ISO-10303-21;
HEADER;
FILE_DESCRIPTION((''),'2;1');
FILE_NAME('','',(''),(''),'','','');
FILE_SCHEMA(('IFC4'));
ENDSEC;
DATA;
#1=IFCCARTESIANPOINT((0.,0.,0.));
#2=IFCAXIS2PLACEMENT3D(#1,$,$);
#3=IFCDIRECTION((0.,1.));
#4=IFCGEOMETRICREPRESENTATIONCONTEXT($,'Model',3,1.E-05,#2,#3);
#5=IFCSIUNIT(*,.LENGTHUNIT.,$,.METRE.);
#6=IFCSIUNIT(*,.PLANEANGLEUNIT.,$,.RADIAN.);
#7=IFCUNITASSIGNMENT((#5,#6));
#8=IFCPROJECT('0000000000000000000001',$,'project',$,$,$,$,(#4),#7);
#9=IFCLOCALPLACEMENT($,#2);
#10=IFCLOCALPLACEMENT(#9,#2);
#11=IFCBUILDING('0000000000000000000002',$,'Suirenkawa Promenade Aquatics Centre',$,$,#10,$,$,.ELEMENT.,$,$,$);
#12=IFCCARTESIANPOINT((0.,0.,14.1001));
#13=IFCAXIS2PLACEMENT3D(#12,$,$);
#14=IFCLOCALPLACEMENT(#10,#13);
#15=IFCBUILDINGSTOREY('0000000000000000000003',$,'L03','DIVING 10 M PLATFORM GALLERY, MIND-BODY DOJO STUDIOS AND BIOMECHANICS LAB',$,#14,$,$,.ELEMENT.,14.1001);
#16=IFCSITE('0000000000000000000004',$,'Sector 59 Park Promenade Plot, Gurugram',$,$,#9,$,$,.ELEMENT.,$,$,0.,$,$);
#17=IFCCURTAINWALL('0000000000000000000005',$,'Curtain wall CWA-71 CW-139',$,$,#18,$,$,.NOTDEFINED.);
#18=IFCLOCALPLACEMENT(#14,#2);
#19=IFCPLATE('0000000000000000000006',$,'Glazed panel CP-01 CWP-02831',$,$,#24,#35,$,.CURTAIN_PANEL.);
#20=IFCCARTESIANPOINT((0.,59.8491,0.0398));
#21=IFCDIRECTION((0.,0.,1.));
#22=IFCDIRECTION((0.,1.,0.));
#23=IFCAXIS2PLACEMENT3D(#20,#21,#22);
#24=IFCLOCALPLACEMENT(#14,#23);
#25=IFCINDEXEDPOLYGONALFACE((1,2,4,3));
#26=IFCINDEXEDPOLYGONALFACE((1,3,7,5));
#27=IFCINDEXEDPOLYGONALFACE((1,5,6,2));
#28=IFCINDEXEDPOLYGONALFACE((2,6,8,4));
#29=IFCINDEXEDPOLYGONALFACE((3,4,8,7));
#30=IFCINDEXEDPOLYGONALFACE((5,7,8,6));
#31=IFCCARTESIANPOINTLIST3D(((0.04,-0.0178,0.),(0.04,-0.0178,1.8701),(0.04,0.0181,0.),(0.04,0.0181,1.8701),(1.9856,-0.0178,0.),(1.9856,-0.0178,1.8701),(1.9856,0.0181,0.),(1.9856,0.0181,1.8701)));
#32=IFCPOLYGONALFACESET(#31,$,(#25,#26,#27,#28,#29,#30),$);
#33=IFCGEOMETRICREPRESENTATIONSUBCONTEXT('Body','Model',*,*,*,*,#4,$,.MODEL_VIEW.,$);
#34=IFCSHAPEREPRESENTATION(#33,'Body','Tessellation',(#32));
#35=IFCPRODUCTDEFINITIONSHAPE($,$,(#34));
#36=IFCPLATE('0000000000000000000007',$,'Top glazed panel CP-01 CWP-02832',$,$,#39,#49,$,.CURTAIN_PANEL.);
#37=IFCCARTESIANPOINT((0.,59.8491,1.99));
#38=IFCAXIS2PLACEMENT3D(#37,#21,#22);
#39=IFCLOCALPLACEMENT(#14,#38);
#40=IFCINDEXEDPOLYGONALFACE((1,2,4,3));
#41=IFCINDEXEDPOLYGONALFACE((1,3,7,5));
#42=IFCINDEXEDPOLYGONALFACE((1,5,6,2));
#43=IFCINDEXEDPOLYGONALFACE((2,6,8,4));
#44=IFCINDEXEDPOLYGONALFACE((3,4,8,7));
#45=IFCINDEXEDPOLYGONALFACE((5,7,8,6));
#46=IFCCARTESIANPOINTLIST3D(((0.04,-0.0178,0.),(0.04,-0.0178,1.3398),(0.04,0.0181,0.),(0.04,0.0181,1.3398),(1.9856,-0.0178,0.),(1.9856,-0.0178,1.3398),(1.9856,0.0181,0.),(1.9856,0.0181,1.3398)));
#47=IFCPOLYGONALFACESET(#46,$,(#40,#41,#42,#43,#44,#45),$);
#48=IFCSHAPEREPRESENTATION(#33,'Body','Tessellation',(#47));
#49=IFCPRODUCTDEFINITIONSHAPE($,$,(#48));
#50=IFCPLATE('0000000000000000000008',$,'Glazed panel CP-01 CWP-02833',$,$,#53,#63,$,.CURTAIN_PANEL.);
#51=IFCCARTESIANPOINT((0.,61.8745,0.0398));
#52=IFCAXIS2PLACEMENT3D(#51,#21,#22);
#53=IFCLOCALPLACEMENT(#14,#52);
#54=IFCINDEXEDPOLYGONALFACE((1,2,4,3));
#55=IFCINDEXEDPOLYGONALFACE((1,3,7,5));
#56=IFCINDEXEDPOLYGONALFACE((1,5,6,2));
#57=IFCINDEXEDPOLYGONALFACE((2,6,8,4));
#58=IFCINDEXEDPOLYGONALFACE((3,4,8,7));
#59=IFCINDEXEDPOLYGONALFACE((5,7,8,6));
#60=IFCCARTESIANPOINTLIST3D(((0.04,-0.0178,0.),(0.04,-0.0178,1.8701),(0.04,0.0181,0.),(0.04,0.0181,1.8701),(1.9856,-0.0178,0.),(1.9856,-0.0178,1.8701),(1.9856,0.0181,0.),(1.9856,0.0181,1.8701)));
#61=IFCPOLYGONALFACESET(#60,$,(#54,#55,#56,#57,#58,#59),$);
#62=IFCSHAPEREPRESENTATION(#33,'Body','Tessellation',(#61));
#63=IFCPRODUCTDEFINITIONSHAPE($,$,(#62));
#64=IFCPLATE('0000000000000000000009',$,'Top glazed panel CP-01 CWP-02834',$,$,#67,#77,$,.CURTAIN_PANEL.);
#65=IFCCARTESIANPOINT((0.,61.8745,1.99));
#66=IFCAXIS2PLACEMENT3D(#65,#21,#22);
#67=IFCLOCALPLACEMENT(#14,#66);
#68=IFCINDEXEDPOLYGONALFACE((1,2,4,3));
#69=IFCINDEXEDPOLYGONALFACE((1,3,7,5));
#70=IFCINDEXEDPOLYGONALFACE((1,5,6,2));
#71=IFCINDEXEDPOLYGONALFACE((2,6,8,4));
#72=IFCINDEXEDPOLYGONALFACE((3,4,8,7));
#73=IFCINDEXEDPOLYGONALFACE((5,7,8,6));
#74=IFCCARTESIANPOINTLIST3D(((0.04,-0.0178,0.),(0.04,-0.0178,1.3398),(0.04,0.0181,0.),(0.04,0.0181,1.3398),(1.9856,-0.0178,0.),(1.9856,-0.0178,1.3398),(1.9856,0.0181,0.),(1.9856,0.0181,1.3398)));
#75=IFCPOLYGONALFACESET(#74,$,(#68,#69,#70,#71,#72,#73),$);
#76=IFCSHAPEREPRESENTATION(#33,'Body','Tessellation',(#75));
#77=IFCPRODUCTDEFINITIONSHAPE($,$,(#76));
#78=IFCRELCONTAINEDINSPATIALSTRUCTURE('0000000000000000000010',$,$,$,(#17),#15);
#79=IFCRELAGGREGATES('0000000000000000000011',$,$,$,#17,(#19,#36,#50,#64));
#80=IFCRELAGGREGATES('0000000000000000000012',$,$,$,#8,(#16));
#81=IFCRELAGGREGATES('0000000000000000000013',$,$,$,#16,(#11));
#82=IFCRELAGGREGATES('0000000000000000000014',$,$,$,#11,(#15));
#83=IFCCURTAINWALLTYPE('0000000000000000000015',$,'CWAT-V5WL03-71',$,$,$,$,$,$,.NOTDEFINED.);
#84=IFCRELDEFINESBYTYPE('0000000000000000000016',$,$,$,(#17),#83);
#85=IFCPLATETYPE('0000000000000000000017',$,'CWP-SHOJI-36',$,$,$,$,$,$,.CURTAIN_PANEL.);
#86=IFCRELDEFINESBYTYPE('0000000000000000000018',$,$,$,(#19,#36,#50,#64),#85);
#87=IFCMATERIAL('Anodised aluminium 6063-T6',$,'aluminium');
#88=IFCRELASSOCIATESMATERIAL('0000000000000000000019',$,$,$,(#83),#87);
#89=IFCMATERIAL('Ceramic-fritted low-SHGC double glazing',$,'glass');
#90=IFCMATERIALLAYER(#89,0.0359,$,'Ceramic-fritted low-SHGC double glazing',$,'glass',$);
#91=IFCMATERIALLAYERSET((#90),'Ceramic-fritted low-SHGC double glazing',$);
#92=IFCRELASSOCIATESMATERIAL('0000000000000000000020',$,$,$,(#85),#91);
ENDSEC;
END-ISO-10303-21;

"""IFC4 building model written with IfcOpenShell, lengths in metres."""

from ifc_helpers import new_model, si_unit, direction, frame, origin, place, context, subcontext, project, spatial, polyline, outline, extrude, material, layer, layer_set, type_object, element, aggregate, save


model = new_model("IFC4")

# Units and contexts
model_context = context("Model", 3, precision=1e-05, world=origin(), true_north=direction((0.0, 1.0)))
body_context = subcontext(model_context, "Body", "Model", "MODEL_VIEW")
ifc_project = project(units=[si_unit("LENGTHUNIT", "METRE"), si_unit("PLANEANGLEUNIT", "RADIAN")], contexts=[model_context])

# Site, building, storey
site_placement = place(None, origin())
site = spatial("IfcSite", under=ifc_project, at=site_placement, Name="Sector 59 Park Promenade Plot, Gurugram", CompositionType="ELEMENT", RefElevation=0.0)
building_placement = place(site_placement, origin())
building = spatial("IfcBuilding", under=site, at=building_placement, Name="Suirenkawa Promenade Aquatics Centre", CompositionType="ELEMENT")
storey_placement = place(building_placement, frame((0.0, 0.0, 14.1001)))
storey = spatial("IfcBuildingStorey", under=building, at=storey_placement, Name="L03", Description="DIVING 10 M PLATFORM GALLERY, MIND-BODY DOJO STUDIOS AND BIOMECHANICS LAB", CompositionType="ELEMENT", Elevation=14.1001)

# Curtain wall, plates
ifc_material_1 = material(Name="Anodised aluminium 6063-T6", Category="aluminium")
curtain_wall_type = type_object("IfcCurtainWallType", Name="CWAT-V5WL03-71", PredefinedType="NOTDEFINED", material=ifc_material_1)
curtain_wall_placement = place(storey_placement, origin())
curtain_wall = element("IfcCurtainWall", 1, at=curtain_wall_placement, inside=storey, type_object=curtain_wall_type, Name="Curtain wall CWA-71 CW-139", PredefinedType="NOTDEFINED")
ifc_material_2 = material(Name="Ceramic-fritted low-SHGC double glazing", Category="glass")
ifc_layer_1 = layer(ifc_material_2, 0.0359, Name="Ceramic-fritted low-SHGC double glazing", Category="glass")
ifc_layer_set_1 = layer_set([ifc_layer_1], Name="Ceramic-fritted low-SHGC double glazing")
plate_type = type_object("IfcPlateType", Name="CWP-SHOJI-36", PredefinedType="CURTAIN_PANEL", material=ifc_layer_set_1)
plate_1_placement = place(storey_placement, frame((0.0, 59.8491, 0.0398), z_axis=(0.0, 0.0, 1.0), x_axis=(0.0, 1.0, 0.0)))
plate_1 = element("IfcPlate", 2, at=plate_1_placement, type_object=plate_type, Name="Glazed panel CP-01 CWP-02831", PredefinedType="CURTAIN_PANEL", context=body_context, shape_type="SweptSolid", body=[
    extrude(outline(polyline([(0.04, 0.0), (1.9856, 0.0), (1.9856, 1.8701), (0.04, 1.8701), (0.04, 0.0)])), frame((0.0, 0.0181, 0.0), z_axis=(0.0, -1.0, 0.0), x_axis=(1.0, 0.0, 0.0)), (0.0, 0.0, 1.0), 0.0359),
])
plate_2_placement = place(storey_placement, frame((0.0, 59.8491, 1.99), z_axis=(0.0, 0.0, 1.0), x_axis=(0.0, 1.0, 0.0)))
plate_2 = element("IfcPlate", 3, at=plate_2_placement, type_object=plate_type, Name="Top glazed panel CP-01 CWP-02832", PredefinedType="CURTAIN_PANEL", context=body_context, shape_type="SweptSolid", body=[
    extrude(outline(polyline([(0.04, 0.0), (1.9856, 0.0), (1.9856, 1.3398), (0.04, 1.3398), (0.04, 0.0)])), frame((0.0, 0.0181, 0.0), z_axis=(0.0, -1.0, 0.0), x_axis=(1.0, 0.0, 0.0)), (0.0, 0.0, 1.0), 0.0359),
])
plate_3_placement = place(storey_placement, frame((0.0, 61.8745, 0.0398), z_axis=(0.0, 0.0, 1.0), x_axis=(0.0, 1.0, 0.0)))
plate_3 = element("IfcPlate", 4, at=plate_3_placement, type_object=plate_type, Name="Glazed panel CP-01 CWP-02833", PredefinedType="CURTAIN_PANEL", context=body_context, shape_type="SweptSolid", body=[
    extrude(outline(polyline([(0.04, 0.0), (1.9856, 0.0), (1.9856, 1.8701), (0.04, 1.8701), (0.04, 0.0)])), frame((0.0, 0.0181, 0.0), z_axis=(0.0, -1.0, 0.0), x_axis=(1.0, 0.0, 0.0)), (0.0, 0.0, 1.0), 0.0359),
])
plate_4_placement = place(storey_placement, frame((0.0, 61.8745, 1.99), z_axis=(0.0, 0.0, 1.0), x_axis=(0.0, 1.0, 0.0)))
plate_4 = element("IfcPlate", 5, at=plate_4_placement, type_object=plate_type, Name="Top glazed panel CP-01 CWP-02834", PredefinedType="CURTAIN_PANEL", context=body_context, shape_type="SweptSolid", body=[
    extrude(outline(polyline([(0.04, 0.0), (1.9856, 0.0), (1.9856, 1.3398), (0.04, 1.3398), (0.04, 0.0)])), frame((0.0, 0.0181, 0.0), z_axis=(0.0, -1.0, 0.0), x_axis=(1.0, 0.0, 0.0)), (0.0, 0.0, 1.0), 0.0359),
])
aggregate(curtain_wall, [plate_1, plate_2, plate_3, plate_4])

save(model, "model.ifc")
